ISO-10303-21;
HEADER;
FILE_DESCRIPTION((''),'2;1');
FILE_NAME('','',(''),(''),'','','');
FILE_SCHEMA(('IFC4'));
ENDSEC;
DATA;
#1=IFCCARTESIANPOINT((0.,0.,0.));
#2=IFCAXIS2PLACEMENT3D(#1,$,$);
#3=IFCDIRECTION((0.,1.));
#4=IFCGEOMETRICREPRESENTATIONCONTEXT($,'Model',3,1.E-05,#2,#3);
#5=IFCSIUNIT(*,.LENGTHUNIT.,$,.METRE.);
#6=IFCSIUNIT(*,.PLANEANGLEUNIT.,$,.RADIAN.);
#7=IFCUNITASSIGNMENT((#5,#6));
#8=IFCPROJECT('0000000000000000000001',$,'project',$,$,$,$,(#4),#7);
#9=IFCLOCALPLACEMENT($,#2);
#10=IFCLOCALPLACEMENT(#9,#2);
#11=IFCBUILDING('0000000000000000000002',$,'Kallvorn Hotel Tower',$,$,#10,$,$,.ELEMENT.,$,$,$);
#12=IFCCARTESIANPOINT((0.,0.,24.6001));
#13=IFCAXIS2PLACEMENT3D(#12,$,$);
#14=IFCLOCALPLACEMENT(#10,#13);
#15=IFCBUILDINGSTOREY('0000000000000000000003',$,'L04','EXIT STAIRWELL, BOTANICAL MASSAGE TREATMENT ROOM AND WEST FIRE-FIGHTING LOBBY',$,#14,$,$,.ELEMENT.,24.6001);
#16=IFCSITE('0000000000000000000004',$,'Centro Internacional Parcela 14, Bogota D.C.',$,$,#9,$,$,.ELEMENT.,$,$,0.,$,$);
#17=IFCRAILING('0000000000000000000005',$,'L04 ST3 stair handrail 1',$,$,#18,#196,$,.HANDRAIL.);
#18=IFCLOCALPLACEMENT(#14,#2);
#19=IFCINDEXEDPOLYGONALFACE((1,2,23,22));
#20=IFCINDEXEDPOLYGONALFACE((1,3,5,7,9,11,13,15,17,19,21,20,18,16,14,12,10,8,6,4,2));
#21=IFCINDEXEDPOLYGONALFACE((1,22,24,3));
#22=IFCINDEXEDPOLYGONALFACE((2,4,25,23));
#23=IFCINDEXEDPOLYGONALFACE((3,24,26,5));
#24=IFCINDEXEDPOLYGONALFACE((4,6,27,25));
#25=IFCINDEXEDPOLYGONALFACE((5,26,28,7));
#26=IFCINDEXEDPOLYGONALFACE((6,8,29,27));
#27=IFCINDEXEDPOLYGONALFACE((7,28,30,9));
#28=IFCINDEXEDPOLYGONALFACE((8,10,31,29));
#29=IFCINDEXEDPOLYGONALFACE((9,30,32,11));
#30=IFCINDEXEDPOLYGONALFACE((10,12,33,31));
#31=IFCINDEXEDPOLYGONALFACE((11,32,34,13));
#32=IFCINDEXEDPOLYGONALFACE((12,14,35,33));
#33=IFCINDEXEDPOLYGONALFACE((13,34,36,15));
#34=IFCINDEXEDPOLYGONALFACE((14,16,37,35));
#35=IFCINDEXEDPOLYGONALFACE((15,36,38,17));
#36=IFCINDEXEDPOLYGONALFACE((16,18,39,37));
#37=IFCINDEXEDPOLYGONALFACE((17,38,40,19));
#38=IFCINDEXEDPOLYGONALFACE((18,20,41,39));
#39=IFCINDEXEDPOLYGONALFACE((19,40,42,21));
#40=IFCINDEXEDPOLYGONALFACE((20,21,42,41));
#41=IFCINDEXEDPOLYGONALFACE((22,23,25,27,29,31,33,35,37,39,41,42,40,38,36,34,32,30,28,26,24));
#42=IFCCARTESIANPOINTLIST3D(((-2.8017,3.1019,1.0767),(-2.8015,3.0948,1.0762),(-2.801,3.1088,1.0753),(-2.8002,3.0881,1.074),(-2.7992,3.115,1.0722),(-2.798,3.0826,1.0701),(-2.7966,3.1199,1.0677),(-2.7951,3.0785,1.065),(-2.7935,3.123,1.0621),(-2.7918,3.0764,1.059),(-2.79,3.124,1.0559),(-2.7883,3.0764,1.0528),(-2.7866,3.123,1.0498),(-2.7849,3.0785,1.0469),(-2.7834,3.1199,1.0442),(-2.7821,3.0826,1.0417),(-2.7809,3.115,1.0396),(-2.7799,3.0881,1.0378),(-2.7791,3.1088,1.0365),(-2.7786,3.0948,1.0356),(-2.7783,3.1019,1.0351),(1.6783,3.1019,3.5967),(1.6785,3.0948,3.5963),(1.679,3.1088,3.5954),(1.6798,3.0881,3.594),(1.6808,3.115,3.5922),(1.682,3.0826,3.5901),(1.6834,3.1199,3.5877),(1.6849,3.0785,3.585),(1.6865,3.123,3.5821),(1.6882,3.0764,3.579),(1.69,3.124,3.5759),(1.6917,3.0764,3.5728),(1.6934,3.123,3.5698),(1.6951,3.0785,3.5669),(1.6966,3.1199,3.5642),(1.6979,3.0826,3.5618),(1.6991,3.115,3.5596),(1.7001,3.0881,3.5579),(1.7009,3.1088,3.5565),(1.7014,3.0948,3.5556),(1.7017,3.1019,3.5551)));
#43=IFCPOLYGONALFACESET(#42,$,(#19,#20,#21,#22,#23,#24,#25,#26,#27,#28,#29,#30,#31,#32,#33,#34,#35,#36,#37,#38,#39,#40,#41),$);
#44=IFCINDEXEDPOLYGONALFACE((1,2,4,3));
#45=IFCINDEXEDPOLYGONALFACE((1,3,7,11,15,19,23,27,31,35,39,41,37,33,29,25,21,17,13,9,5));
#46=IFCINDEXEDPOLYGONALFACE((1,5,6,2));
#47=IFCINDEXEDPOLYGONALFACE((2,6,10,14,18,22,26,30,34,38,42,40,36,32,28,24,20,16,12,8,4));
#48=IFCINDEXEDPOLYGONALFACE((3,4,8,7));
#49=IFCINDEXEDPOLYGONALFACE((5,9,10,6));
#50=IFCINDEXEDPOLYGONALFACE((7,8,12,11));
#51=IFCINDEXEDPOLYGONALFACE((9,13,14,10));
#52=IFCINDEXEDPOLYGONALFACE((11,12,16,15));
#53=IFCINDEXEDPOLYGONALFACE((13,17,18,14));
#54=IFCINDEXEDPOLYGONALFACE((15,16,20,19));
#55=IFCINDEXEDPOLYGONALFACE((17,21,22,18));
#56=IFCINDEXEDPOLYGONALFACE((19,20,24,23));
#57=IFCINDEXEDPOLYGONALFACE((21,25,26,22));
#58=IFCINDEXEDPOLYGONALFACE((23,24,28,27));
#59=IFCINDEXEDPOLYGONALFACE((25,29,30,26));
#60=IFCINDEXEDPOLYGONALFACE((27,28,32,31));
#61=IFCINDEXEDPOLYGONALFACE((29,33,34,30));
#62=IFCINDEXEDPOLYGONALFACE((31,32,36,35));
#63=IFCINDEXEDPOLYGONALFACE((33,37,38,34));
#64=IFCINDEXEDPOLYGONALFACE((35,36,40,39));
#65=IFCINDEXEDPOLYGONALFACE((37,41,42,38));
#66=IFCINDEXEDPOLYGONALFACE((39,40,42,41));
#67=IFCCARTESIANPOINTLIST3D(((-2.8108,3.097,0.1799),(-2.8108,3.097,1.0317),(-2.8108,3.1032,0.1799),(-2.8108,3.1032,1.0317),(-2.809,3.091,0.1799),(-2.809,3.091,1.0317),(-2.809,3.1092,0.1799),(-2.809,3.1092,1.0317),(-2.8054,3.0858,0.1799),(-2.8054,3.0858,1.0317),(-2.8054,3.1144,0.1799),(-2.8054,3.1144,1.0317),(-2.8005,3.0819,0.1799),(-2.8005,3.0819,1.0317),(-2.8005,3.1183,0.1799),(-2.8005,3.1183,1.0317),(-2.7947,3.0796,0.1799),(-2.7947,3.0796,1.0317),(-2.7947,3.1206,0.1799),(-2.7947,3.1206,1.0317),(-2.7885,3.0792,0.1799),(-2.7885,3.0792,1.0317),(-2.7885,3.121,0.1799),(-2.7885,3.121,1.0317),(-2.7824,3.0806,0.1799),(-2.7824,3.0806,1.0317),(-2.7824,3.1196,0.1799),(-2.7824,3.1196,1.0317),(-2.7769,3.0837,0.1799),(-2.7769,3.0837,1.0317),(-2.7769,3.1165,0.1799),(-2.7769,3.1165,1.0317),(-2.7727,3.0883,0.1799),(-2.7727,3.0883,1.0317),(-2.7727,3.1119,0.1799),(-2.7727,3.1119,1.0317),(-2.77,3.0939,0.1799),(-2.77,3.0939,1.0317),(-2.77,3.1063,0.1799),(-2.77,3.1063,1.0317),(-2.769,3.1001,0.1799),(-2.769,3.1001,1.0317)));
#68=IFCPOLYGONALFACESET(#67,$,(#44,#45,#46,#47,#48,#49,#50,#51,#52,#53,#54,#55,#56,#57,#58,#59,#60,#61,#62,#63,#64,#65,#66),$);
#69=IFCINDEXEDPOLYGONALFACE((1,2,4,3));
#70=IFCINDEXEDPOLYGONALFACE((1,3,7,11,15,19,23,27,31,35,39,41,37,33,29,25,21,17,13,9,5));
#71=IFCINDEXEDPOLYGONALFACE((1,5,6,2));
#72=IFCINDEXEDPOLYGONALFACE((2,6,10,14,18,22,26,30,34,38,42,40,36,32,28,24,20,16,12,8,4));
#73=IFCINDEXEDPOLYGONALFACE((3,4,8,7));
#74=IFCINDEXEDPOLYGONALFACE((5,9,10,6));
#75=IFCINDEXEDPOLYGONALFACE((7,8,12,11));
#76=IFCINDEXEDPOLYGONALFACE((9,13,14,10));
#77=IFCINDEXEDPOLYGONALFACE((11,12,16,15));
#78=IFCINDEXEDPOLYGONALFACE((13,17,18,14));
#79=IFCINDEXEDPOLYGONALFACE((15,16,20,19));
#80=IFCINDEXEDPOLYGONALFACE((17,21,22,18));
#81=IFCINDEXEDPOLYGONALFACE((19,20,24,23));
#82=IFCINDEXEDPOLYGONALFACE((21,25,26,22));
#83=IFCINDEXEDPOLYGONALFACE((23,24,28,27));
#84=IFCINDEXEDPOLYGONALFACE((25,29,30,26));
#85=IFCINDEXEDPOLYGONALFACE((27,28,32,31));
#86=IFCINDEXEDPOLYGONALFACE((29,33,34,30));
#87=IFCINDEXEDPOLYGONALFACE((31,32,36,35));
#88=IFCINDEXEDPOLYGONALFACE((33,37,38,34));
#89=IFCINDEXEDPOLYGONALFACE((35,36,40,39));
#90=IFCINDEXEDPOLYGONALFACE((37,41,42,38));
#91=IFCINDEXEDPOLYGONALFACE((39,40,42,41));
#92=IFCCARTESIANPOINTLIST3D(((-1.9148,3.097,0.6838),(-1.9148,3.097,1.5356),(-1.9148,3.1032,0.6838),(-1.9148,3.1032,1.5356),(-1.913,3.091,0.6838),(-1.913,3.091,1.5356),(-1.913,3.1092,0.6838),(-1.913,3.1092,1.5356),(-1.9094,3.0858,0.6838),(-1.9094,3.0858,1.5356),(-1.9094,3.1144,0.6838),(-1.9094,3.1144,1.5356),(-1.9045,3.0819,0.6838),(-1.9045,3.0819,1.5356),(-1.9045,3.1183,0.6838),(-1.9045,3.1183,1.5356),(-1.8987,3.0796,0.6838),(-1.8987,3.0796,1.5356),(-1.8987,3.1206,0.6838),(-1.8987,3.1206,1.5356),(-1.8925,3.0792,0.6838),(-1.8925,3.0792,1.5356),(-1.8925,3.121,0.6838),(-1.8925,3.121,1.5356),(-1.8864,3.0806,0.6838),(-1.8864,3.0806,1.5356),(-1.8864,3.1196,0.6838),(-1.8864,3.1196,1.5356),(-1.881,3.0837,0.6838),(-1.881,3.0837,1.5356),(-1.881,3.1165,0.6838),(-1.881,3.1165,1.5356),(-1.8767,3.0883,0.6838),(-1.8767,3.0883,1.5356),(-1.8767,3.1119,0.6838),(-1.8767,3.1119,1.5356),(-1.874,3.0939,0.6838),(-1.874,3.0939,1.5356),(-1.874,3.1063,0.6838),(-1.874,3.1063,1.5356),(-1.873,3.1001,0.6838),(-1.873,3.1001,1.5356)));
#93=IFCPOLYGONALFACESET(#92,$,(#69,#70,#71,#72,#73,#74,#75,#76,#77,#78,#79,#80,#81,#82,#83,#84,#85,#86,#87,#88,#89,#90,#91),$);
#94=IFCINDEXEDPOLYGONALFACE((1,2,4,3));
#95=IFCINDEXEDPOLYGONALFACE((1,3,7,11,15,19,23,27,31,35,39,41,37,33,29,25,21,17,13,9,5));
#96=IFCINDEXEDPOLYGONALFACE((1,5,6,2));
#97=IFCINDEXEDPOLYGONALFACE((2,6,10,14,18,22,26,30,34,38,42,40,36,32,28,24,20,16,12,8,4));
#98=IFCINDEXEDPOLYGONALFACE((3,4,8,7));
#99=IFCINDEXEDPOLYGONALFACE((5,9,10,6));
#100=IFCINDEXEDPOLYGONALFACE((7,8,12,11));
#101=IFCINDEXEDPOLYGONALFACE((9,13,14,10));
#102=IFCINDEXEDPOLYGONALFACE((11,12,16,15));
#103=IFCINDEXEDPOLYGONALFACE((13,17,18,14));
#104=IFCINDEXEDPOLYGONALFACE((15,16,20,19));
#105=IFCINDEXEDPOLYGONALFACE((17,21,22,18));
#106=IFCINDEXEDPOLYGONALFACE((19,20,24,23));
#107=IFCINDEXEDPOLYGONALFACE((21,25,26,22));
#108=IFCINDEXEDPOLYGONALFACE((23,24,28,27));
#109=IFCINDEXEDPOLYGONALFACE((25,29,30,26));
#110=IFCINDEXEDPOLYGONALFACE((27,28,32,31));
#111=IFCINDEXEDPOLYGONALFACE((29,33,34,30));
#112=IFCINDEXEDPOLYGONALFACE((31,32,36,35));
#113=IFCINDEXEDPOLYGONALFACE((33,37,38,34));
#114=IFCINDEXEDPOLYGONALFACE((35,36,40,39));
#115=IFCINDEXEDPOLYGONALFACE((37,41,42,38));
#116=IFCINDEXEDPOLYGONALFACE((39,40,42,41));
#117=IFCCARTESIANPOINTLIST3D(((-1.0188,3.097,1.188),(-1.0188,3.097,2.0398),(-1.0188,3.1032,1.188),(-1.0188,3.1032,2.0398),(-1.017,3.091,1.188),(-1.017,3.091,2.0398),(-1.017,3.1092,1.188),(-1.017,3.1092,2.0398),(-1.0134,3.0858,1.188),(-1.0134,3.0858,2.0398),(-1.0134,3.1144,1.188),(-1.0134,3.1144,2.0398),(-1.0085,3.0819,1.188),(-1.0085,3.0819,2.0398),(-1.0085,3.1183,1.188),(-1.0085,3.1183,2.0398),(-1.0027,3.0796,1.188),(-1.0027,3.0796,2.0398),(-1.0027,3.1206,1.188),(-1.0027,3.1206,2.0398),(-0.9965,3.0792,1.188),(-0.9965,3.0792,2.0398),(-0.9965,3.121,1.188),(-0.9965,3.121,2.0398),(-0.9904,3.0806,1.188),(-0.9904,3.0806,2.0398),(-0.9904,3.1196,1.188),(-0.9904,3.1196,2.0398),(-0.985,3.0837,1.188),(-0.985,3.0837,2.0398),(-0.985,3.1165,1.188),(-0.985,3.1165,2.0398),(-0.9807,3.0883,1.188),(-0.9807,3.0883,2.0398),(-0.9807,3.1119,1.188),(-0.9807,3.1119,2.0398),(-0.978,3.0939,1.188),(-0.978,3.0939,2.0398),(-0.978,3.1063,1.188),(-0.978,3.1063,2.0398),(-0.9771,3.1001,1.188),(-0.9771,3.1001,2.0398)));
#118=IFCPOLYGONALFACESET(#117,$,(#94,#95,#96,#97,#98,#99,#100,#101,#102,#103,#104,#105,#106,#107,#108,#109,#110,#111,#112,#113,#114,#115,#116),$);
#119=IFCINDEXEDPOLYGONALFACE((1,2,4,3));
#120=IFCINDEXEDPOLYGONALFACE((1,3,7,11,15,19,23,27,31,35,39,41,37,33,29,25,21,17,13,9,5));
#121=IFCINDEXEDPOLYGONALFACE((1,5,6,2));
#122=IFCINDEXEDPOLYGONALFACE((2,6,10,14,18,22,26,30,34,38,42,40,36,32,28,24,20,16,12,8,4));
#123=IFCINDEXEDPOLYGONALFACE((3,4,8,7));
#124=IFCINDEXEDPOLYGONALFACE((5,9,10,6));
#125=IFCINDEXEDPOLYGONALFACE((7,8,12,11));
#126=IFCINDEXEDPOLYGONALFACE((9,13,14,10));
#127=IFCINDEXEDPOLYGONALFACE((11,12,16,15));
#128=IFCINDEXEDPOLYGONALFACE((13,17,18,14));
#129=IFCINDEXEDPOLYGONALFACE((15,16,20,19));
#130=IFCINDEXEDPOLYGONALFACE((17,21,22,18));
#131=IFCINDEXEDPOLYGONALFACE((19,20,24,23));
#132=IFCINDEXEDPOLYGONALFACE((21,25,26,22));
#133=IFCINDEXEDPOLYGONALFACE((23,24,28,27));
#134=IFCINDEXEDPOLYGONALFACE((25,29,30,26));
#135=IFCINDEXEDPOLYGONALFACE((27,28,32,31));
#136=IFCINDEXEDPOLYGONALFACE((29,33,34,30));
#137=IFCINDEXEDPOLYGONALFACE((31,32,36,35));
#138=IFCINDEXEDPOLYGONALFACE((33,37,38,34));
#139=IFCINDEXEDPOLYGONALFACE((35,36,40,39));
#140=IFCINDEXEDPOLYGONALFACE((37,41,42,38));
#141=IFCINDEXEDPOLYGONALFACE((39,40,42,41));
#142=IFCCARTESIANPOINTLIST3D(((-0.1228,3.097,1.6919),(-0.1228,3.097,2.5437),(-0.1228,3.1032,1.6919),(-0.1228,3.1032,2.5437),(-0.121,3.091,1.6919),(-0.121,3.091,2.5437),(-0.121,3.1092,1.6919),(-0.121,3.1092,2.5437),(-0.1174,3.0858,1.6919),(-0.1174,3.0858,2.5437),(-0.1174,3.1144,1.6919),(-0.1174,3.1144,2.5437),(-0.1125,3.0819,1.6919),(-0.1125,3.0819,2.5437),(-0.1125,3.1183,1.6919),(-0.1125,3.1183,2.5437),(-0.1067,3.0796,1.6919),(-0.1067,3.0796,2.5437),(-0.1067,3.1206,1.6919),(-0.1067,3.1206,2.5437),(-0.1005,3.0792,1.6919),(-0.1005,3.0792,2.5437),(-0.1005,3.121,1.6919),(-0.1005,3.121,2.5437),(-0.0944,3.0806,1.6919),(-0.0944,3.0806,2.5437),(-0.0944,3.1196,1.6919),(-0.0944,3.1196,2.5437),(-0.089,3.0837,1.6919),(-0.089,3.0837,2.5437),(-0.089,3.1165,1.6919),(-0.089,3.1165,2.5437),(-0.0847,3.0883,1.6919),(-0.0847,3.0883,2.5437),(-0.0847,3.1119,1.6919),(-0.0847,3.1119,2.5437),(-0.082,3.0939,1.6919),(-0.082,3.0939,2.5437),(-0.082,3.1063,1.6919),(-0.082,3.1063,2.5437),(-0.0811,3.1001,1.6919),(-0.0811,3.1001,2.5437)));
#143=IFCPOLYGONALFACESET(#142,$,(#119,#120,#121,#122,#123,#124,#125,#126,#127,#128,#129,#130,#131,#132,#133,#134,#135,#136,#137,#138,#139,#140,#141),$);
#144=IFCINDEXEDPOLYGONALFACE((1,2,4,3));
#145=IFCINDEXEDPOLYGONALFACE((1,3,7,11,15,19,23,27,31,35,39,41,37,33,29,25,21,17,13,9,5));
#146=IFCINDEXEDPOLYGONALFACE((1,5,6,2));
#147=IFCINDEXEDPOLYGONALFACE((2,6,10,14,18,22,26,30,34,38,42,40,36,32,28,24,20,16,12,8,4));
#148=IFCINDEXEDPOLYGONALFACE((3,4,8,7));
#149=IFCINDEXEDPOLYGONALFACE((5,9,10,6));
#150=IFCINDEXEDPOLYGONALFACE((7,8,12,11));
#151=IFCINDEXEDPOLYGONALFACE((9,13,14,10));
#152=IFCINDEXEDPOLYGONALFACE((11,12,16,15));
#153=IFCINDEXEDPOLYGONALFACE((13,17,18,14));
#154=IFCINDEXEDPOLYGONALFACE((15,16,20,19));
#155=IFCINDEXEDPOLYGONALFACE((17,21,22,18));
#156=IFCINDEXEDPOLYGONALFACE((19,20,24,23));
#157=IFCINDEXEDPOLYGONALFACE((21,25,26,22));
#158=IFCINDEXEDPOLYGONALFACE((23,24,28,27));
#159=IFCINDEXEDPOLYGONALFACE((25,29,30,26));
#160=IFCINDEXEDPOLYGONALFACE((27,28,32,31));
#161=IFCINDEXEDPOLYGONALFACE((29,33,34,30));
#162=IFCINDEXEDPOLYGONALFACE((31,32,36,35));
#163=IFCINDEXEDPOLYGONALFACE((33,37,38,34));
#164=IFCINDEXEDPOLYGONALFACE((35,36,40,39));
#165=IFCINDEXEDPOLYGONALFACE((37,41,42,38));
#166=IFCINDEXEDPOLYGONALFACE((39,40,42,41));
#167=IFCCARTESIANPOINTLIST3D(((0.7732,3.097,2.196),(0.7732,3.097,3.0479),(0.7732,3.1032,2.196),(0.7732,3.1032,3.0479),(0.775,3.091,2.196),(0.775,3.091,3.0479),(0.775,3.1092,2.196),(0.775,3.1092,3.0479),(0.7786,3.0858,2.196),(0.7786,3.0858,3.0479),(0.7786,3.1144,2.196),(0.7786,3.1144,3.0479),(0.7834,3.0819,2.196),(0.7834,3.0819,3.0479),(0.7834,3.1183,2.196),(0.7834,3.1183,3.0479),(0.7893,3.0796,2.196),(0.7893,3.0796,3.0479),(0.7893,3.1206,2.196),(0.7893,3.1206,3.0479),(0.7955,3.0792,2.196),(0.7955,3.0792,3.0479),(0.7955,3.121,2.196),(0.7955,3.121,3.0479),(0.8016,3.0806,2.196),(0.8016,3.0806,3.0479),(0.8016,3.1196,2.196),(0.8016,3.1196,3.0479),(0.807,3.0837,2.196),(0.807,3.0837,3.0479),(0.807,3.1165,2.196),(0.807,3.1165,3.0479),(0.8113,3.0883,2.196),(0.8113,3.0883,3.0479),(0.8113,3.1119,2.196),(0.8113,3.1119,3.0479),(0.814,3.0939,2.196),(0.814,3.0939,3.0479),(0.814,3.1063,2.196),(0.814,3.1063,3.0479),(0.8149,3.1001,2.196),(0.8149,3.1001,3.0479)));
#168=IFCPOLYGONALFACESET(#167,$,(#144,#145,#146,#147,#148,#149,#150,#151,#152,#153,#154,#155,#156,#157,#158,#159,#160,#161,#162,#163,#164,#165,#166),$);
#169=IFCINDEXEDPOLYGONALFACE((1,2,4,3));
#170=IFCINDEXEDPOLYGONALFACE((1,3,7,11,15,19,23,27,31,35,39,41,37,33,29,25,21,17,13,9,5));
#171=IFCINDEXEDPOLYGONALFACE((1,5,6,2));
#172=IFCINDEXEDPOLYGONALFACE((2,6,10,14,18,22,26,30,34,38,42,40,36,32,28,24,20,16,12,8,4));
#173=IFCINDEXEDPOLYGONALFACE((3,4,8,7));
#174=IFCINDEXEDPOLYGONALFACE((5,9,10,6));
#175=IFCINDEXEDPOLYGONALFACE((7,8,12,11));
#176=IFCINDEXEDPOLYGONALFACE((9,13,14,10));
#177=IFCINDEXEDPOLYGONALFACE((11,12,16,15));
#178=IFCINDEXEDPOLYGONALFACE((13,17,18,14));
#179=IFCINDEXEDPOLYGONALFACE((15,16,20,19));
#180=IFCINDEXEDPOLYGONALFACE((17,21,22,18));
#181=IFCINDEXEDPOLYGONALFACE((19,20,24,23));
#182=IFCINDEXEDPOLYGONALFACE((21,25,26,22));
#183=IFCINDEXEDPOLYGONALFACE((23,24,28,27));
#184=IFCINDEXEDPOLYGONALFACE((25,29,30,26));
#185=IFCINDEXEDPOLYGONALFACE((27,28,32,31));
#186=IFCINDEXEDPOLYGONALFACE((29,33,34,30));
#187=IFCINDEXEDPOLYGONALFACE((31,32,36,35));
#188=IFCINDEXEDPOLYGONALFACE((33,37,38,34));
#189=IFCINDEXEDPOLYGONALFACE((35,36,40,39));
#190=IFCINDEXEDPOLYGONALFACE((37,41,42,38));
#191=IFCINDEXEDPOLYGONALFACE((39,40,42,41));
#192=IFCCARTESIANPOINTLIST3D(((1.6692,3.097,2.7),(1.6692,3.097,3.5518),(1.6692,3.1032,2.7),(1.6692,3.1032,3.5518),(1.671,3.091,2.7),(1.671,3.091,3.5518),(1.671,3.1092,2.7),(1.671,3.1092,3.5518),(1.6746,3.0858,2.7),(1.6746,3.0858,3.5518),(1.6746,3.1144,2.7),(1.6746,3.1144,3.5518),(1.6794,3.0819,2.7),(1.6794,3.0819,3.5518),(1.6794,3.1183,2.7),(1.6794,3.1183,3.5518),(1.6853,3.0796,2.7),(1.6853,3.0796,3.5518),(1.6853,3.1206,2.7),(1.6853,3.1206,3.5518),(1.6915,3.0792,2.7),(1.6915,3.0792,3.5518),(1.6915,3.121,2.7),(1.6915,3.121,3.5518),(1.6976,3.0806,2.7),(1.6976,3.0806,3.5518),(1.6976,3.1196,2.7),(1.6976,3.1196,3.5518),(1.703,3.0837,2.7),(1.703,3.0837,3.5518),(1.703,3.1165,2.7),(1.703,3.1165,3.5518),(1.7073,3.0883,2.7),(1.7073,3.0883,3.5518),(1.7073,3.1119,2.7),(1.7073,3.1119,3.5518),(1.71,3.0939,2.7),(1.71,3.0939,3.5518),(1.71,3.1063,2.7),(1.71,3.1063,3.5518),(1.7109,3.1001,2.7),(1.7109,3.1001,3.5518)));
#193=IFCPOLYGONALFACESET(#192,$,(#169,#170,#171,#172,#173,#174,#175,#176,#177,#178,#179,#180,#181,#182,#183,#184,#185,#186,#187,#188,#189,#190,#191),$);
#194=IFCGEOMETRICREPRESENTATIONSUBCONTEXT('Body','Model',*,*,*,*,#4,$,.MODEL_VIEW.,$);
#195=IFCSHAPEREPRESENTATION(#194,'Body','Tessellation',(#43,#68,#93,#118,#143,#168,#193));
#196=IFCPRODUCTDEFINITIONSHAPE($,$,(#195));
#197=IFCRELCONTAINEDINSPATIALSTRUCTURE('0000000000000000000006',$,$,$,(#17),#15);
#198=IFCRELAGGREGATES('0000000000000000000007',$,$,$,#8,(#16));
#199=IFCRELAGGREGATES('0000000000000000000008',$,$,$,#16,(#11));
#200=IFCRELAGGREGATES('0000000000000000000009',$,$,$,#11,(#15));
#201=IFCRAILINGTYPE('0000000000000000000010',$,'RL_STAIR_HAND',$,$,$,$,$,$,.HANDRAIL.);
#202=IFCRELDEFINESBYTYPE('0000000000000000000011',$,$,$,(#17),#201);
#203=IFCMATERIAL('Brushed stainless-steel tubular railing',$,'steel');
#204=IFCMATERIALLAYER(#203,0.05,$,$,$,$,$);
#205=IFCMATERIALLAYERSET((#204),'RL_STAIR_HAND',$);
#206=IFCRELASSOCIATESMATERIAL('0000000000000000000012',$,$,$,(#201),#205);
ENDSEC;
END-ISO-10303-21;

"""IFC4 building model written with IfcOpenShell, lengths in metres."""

from ifc_helpers import new_model, si_unit, direction, frame, origin, origin_2d, place, context, subcontext, project, spatial, circle, extrude, material, layer, layer_set, type_object, element, save


model = new_model("IFC4")

# Units and contexts
model_context = context("Model", 3, precision=1e-05, world=origin(), true_north=direction((0.0, 1.0)))
body_context = subcontext(model_context, "Body", "Model", "MODEL_VIEW")
ifc_project = project(units=[si_unit("LENGTHUNIT", "METRE"), si_unit("PLANEANGLEUNIT", "RADIAN")], contexts=[model_context])

# Site, building, storey
site_placement = place(None, origin())
site = spatial("IfcSite", under=ifc_project, at=site_placement, Name="Centro Internacional Parcela 14, Bogota D.C.", CompositionType="ELEMENT", RefElevation=0.0)
building_placement = place(site_placement, origin())
building = spatial("IfcBuilding", under=site, at=building_placement, Name="Kallvorn Hotel Tower", CompositionType="ELEMENT")
storey_placement = place(building_placement, frame((0.0, 0.0, 24.6001)))
storey = spatial("IfcBuildingStorey", under=building, at=storey_placement, Name="L04", Description="EXIT STAIRWELL, BOTANICAL MASSAGE TREATMENT ROOM AND WEST FIRE-FIGHTING LOBBY", CompositionType="ELEMENT", Elevation=24.6001)

# Railing
ifc_material_1 = material(Name="Brushed stainless-steel tubular railing", Category="steel")
ifc_layer_1 = layer(ifc_material_1, 0.05)
ifc_layer_set_1 = layer_set([ifc_layer_1], Name="RL_STAIR_HAND")
railing_type_1 = type_object("IfcRailingType", Name="RL_STAIR_HAND", PredefinedType="HANDRAIL", material=ifc_layer_set_1)
railing_1_placement = place(storey_placement, frame((-2.79, 3.1001, 0.1799)))
element("IfcRailing", 1, at=railing_1_placement, inside=storey, type_object=railing_type_1, Name="L04 ST3 stair handrail 1", PredefinedType="HANDRAIL", context=body_context, shape_type="SweptSolid", body=[
    extrude(circle(Radius=0.0239, at=origin_2d()), frame((0.0, 0.0, 0.876), z_axis=(0.871573, 0.0, 0.490266), x_axis=(0.0, 1.0, 0.0)), (0.0, 0.0, 1.0), 5.1401),
    extrude(circle(Radius=0.021, at=origin_2d()), origin(), (0.0, 0.0, 1.0), 0.8518),
    extrude(circle(Radius=0.021, at=origin_2d()), frame((0.896, 0.0, 0.5039)), (0.0, 0.0, 1.0), 0.8518),
    extrude(circle(Radius=0.021, at=origin_2d()), frame((1.792, 0.0, 1.0081)), (0.0, 0.0, 1.0), 0.8518),
    extrude(circle(Radius=0.021, at=origin_2d()), frame((2.688, 0.0, 1.512)), (0.0, 0.0, 1.0), 0.8518),
    extrude(circle(Radius=0.021, at=origin_2d()), frame((3.584, 0.0, 2.0161)), (0.0, 0.0, 1.0), 0.8518),
    extrude(circle(Radius=0.021, at=origin_2d()), frame((4.48, 0.0, 2.52)), (0.0, 0.0, 1.0), 0.8518),
])

save(model, "model.ifc")
